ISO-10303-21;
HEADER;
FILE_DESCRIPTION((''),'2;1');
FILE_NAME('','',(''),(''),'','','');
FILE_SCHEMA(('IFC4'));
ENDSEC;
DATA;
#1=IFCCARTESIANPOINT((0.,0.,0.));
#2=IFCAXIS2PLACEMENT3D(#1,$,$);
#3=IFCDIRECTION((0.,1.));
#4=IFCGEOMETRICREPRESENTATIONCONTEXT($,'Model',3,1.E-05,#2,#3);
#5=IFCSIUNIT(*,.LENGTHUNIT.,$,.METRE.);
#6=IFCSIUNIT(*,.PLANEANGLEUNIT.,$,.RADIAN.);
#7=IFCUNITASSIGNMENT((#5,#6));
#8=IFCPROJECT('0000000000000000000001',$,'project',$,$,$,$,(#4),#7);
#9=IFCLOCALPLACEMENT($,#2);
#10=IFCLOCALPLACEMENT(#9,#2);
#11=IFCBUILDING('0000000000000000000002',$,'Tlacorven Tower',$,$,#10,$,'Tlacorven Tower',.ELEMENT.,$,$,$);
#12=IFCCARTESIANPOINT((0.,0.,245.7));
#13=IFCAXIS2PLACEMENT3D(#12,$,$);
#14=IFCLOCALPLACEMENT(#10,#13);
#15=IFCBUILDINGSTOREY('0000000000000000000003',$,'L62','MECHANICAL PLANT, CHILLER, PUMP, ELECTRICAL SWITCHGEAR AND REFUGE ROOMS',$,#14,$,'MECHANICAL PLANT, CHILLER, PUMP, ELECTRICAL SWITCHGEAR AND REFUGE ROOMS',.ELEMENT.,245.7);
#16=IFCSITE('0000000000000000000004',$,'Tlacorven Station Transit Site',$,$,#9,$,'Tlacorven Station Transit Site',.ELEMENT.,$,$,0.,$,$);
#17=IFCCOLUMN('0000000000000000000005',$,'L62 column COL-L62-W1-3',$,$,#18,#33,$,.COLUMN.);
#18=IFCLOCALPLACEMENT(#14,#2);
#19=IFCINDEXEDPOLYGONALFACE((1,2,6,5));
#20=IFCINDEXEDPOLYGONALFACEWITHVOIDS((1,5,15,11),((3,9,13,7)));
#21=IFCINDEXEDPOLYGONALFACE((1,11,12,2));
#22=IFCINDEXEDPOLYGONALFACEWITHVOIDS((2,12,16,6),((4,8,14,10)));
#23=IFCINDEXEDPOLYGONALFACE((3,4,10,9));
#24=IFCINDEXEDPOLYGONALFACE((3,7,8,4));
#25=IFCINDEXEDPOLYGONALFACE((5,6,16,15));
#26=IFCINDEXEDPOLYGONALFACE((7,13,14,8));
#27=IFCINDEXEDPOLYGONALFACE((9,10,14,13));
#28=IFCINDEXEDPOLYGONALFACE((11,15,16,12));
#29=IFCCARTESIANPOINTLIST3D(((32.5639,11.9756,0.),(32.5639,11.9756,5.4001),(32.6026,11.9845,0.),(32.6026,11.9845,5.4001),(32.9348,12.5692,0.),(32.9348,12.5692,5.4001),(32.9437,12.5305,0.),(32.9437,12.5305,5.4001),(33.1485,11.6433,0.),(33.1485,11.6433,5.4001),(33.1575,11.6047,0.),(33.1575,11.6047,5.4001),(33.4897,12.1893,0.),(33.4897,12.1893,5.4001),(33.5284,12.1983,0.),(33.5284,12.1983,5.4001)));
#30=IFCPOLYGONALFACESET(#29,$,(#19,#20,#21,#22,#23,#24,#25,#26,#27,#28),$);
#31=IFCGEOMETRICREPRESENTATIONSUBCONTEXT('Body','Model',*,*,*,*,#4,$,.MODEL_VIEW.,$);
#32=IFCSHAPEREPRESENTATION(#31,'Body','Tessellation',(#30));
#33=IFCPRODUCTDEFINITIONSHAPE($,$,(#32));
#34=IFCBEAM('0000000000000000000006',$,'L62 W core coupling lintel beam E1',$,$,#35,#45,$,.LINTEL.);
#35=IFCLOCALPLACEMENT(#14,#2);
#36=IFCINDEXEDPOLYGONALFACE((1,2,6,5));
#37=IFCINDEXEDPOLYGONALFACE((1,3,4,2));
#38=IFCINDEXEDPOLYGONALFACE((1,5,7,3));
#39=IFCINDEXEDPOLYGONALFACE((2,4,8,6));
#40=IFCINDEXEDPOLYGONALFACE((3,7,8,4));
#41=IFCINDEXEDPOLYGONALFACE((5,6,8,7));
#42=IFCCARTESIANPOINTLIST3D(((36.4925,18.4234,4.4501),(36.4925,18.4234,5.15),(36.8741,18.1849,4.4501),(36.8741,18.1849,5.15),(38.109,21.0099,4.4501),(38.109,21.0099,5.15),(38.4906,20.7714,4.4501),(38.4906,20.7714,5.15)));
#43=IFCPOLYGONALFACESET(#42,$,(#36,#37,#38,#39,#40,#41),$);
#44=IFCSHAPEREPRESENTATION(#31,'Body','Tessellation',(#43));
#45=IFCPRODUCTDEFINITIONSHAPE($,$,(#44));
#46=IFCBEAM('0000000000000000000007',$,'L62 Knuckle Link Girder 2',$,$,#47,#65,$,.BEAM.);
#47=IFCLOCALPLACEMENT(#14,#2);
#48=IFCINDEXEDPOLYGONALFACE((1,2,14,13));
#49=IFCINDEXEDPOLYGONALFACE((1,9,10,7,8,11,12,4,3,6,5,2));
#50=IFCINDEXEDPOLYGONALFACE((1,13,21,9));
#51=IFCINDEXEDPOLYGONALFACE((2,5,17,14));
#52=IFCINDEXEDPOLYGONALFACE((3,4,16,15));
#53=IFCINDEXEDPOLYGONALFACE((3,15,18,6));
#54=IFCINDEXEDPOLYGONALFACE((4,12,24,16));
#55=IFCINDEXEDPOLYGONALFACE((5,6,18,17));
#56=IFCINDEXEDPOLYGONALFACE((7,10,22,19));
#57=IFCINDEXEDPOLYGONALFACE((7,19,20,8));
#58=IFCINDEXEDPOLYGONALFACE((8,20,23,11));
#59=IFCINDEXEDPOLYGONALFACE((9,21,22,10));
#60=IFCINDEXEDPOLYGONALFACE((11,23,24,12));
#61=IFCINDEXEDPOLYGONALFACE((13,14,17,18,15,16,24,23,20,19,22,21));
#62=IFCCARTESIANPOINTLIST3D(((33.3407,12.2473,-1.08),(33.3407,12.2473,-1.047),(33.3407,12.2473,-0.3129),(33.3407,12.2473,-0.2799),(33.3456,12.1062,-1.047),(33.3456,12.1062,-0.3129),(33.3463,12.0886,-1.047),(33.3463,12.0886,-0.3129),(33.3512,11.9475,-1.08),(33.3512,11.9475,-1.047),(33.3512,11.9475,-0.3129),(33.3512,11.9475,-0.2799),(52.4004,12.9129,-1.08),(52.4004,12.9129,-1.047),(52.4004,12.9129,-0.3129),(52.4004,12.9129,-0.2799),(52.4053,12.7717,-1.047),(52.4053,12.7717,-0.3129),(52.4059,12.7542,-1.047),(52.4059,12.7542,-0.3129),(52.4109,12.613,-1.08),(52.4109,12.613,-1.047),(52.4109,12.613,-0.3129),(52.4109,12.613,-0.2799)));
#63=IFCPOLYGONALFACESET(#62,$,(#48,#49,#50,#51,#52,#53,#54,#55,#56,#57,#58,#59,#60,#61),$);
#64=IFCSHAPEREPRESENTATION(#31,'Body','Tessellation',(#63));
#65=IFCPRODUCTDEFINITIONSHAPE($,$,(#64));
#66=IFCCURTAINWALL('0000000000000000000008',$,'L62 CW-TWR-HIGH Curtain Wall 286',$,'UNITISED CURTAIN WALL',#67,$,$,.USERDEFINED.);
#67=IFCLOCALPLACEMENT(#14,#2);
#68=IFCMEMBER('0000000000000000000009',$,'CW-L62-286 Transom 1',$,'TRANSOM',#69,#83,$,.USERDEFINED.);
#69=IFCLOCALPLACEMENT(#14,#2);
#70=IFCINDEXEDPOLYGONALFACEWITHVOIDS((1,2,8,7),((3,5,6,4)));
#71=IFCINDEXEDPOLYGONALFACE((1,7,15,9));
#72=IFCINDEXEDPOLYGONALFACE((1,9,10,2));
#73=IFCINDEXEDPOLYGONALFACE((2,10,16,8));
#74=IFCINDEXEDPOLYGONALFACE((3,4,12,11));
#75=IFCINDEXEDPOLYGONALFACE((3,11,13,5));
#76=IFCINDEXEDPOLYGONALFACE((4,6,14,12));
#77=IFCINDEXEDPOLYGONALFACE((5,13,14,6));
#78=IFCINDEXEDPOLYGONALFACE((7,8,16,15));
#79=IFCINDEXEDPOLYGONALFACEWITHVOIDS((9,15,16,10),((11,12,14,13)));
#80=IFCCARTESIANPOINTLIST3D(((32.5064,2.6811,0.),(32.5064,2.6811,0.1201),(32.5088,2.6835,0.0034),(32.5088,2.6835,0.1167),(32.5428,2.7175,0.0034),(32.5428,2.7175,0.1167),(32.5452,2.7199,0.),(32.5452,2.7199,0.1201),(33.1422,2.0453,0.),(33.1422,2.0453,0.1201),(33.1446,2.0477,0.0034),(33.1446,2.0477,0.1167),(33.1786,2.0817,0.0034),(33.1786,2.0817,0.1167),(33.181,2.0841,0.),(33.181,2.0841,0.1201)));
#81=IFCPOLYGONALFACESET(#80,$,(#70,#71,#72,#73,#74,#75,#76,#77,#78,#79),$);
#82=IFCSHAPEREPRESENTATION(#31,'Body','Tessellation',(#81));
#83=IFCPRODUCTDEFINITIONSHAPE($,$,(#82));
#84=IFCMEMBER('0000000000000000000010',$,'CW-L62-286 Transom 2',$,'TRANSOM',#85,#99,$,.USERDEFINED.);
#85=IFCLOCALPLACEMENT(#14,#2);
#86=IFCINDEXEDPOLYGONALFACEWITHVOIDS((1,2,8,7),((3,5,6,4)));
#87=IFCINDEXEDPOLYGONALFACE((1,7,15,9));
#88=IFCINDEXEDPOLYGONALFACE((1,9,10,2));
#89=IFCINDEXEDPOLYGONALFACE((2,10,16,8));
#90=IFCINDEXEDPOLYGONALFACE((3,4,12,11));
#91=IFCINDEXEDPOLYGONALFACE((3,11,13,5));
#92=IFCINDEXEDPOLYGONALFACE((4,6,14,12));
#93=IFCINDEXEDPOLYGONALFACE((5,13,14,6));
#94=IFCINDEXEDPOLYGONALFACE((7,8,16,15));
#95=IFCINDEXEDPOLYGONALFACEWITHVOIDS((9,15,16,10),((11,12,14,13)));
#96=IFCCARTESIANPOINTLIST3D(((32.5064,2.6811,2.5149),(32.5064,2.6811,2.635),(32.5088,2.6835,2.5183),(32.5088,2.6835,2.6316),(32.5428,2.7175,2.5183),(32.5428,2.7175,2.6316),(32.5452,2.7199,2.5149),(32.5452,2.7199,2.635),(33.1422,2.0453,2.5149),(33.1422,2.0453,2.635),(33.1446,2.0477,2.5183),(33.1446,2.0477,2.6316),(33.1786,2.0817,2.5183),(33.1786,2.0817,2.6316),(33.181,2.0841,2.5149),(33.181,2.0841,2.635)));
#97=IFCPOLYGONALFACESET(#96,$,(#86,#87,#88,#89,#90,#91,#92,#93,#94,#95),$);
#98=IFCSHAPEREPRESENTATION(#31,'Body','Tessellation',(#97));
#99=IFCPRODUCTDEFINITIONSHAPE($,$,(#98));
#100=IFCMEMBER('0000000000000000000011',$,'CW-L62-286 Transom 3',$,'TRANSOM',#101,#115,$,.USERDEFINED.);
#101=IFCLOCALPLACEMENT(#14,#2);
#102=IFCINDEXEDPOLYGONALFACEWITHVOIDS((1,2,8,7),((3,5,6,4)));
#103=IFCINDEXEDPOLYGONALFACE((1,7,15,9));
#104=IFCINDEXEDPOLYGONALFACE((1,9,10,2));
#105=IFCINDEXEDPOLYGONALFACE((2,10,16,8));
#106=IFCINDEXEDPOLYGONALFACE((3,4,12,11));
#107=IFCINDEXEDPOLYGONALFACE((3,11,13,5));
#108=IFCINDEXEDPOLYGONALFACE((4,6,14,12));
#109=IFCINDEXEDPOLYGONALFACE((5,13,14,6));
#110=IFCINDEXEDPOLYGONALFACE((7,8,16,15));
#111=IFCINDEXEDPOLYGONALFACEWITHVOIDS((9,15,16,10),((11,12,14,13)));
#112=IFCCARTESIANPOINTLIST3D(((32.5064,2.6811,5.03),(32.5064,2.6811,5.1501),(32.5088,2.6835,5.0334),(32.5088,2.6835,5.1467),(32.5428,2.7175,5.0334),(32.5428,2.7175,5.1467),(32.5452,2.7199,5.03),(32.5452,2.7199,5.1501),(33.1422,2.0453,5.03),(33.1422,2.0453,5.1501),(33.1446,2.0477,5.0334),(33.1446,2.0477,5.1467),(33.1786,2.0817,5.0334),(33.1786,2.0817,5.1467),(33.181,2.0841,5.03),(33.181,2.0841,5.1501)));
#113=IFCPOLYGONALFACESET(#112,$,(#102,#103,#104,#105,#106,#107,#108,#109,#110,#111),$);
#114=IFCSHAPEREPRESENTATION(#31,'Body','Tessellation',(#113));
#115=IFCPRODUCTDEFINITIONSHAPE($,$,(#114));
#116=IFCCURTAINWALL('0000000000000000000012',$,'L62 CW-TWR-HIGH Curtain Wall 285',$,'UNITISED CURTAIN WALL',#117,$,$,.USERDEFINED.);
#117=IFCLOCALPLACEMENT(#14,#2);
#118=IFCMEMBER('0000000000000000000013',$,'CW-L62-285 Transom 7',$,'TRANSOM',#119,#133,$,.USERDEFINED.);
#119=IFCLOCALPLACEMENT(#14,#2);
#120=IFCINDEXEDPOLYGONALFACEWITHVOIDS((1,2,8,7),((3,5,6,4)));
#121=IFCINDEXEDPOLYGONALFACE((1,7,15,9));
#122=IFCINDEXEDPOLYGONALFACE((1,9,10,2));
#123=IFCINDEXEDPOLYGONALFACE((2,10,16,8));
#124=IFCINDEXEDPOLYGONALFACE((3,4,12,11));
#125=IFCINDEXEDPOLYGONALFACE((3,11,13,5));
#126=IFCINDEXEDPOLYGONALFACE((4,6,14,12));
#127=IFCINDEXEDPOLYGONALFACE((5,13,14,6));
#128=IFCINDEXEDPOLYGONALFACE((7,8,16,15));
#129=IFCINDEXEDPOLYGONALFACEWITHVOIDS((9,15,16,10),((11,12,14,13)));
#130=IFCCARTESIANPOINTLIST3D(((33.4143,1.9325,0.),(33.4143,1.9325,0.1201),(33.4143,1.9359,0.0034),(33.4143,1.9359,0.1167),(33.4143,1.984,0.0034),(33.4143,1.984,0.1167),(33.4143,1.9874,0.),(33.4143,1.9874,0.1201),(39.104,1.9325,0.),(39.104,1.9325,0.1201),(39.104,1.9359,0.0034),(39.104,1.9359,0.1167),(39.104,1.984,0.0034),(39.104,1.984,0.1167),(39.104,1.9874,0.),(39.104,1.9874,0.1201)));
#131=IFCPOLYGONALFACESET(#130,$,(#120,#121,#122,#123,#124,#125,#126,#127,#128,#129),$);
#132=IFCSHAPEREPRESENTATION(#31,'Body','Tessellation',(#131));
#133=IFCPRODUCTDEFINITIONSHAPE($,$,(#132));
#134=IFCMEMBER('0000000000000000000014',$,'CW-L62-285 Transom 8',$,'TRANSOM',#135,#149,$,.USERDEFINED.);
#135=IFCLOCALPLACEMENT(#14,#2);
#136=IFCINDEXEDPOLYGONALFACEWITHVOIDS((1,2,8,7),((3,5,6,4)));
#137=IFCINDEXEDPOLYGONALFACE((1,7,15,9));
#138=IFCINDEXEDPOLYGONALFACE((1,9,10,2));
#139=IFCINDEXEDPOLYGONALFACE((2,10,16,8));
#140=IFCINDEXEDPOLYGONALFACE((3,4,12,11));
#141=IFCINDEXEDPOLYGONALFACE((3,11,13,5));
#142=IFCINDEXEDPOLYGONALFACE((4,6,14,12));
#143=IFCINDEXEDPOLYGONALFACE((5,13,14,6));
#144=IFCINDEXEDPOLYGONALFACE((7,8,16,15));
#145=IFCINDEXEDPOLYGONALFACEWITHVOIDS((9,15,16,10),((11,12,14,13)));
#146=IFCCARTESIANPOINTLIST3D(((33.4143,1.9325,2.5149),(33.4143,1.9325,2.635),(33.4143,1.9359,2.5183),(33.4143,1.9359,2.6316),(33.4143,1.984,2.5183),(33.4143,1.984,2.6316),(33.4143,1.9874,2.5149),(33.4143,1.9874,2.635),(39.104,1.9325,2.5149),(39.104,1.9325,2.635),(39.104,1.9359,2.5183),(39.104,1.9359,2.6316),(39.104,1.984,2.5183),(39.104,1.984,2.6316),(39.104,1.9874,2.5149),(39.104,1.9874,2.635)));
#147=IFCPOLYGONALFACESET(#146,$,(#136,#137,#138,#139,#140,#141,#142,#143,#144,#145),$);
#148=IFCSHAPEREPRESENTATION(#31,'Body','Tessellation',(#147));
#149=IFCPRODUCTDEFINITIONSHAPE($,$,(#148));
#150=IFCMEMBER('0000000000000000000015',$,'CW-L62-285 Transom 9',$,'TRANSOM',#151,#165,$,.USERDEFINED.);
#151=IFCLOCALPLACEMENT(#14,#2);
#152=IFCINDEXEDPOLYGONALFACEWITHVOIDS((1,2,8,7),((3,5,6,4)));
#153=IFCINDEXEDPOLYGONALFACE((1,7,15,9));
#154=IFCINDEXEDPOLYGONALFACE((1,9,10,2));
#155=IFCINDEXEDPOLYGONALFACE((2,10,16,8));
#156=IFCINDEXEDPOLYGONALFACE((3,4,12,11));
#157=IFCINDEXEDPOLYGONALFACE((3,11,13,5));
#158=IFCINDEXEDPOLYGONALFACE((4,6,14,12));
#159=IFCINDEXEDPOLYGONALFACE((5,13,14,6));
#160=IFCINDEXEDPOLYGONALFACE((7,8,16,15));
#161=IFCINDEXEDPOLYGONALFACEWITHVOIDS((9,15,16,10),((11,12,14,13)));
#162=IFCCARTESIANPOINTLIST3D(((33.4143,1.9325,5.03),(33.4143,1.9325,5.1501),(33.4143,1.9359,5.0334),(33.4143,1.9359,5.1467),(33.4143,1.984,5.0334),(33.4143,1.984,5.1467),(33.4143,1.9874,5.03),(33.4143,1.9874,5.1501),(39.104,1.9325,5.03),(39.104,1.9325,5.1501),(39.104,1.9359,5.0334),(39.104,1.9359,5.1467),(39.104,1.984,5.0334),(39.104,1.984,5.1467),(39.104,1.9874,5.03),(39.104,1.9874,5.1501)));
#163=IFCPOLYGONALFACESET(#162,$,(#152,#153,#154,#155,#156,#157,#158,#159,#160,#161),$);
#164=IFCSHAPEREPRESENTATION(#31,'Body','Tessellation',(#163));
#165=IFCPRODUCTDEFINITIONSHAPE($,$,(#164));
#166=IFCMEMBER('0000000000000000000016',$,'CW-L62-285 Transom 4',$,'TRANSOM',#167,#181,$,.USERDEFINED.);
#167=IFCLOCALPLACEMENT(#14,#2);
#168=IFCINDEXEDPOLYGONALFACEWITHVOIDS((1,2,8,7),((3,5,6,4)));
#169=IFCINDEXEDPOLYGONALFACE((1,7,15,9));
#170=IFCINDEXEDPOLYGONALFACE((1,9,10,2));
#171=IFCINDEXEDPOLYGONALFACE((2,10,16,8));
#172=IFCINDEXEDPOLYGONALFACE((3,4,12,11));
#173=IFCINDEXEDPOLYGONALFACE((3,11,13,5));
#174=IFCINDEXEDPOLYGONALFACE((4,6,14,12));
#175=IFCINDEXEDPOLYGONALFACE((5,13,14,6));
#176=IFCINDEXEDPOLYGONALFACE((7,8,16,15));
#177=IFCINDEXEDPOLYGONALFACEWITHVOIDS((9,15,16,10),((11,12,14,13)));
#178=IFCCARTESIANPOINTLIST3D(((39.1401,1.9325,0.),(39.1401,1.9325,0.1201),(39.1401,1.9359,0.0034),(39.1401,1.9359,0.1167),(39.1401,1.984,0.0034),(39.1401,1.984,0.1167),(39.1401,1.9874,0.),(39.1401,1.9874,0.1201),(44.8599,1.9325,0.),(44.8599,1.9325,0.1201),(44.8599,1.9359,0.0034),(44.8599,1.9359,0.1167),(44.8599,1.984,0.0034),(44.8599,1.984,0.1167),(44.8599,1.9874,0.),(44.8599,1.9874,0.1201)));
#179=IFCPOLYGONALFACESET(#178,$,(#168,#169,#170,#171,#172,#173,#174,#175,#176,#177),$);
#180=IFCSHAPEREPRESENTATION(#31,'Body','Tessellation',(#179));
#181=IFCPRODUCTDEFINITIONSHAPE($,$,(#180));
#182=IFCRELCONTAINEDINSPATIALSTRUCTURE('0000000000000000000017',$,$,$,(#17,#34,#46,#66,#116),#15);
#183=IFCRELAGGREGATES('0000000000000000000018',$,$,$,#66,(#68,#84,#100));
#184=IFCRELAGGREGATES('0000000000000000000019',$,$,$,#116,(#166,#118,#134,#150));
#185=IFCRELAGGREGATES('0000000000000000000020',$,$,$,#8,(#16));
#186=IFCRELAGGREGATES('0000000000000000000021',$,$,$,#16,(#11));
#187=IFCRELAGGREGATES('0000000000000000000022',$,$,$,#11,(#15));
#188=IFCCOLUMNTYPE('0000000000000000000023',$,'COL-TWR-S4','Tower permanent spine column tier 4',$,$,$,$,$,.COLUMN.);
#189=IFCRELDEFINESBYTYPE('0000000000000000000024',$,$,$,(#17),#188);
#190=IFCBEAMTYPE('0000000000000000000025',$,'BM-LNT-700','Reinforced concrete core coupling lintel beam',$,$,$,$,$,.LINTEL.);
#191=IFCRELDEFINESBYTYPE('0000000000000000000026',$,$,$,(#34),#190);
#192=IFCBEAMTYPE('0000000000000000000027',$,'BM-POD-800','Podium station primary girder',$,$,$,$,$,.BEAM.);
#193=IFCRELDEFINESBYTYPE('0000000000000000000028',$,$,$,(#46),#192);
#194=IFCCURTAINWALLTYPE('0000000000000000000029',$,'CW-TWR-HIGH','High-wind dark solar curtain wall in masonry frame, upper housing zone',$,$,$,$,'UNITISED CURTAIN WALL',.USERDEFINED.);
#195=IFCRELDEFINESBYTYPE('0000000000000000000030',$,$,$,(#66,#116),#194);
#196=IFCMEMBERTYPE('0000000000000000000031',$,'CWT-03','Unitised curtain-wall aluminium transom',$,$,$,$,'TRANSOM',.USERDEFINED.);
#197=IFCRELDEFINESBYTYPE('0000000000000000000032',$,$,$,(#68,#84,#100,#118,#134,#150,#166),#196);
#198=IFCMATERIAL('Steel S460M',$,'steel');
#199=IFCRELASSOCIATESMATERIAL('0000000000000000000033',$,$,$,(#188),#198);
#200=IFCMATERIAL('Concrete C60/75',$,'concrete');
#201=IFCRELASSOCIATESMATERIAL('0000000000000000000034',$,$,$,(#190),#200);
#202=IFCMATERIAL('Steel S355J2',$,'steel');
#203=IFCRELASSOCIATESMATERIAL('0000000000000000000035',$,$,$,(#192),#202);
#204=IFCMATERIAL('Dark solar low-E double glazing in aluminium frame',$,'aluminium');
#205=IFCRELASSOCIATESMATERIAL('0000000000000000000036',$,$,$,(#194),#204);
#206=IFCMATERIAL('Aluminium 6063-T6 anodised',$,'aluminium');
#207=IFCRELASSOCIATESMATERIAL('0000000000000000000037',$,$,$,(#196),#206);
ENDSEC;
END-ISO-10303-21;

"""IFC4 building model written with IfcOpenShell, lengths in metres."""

from ifc_helpers import new_model, si_unit, direction, frame, origin, origin_2d, place, context, subcontext, project, spatial, rectangle, hollow_rectangle, i_section, extrude, source, transform, mapped, material, material_profile, profile_set, type_object, element, aggregate, save


model = new_model("IFC4")

# Units and contexts
model_context = context("Model", 3, precision=1e-05, world=origin(), true_north=direction((0.0, 1.0)))
body_context = subcontext(model_context, "Body", "Model", "MODEL_VIEW")
ifc_project = project(units=[si_unit("LENGTHUNIT", "METRE"), si_unit("PLANEANGLEUNIT", "RADIAN")], contexts=[model_context])

# Site, building, storey
site_placement = place(None, origin())
site = spatial("IfcSite", under=ifc_project, at=site_placement, Name="Tlacorven Station Transit Site", LongName="Tlacorven Station Transit Site", CompositionType="ELEMENT", RefElevation=0.0)
building_placement = place(site_placement, origin())
building = spatial("IfcBuilding", under=site, at=building_placement, Name="Tlacorven Tower", LongName="Tlacorven Tower", CompositionType="ELEMENT")
storey_placement = place(building_placement, frame((0.0, 0.0, 245.7)))
storey = spatial("IfcBuildingStorey", under=building, at=storey_placement, Name="L62", Description="MECHANICAL PLANT, CHILLER, PUMP, ELECTRICAL SWITCHGEAR AND REFUGE ROOMS", LongName="MECHANICAL PLANT, CHILLER, PUMP, ELECTRICAL SWITCHGEAR AND REFUGE ROOMS", CompositionType="ELEMENT", Elevation=245.7)

# Column
ifc_material_1 = material(Name="Steel S460M", Category="steel")
ifc_material_profile_1 = material_profile(ifc_material_1, hollow_rectangle(XDim=0.7, YDim=0.7, WallThickness=0.0281, at=origin_2d()), Name="BOX 700X700X28")
ifc_profile_set_1 = profile_set([ifc_material_profile_1], Name="Steel S460M")
column_type = type_object("IfcColumnType", Name="COL-TWR-S4", Description="Tower permanent spine column tier 4", PredefinedType="COLUMN", material=ifc_profile_set_1)
shared_shape_1 = source(origin(), body_context, "Body", "SweptSolid", [
    extrude(hollow_rectangle(XDim=0.7, YDim=0.7, WallThickness=0.0281, at=origin_2d()), origin(), (0.0, 0.0, 1.0), 5.4001),
])
column_placement = place(storey_placement, frame((33.0461, 12.0869, 0.0), z_axis=(0.0, 0.0, 1.0), x_axis=(-0.848048, 0.529919, 0.0)))
element("IfcColumn", 1, at=column_placement, inside=storey, type_object=column_type, Name="L62 column COL-L62-W1-3", PredefinedType="COLUMN", context=body_context, shape_type="MappedRepresentation", body=[
    mapped(shared_shape_1, transform((0.0, 0.0, 0.0), scale=1.0)),
])

# Beams
ifc_material_2 = material(Name="Concrete C60/75", Category="concrete")
ifc_material_profile_2 = material_profile(ifc_material_2, rectangle(XDim=0.45, YDim=0.7, at=origin_2d()), Name="RC 450X700")
ifc_profile_set_2 = profile_set([ifc_material_profile_2], Name="Concrete C60/75")
beam_type_1 = type_object("IfcBeamType", Name="BM-LNT-700", Description="Reinforced concrete core coupling lintel beam", PredefinedType="LINTEL", material=ifc_profile_set_2)
shared_shape_2 = source(origin(), body_context, "Body", "SweptSolid", [
    extrude(rectangle(XDim=0.45, YDim=0.7, at=origin_2d()), origin(), (0.0, 0.0, 1.0), 3.05),
])
beam_1_placement = place(storey_placement, frame((38.2998, 20.8906, 4.8), z_axis=(-0.529985, -0.848007, 0.0), x_axis=(0.848007, -0.529985, 0.0)))
element("IfcBeam", 2, at=beam_1_placement, inside=storey, type_object=beam_type_1, Name="L62 W core coupling lintel beam E1", PredefinedType="LINTEL", context=body_context, shape_type="MappedRepresentation", body=[
    mapped(shared_shape_2, transform((0.0, 0.0, 0.0), scale=1.0)),
])
ifc_material_3 = material(Name="Steel S355J2", Category="steel")
ifc_material_profile_3 = material_profile(ifc_material_3, i_section(OverallWidth=0.3, OverallDepth=0.8, WebThickness=0.0176, FlangeThickness=0.033, at=origin_2d()), Name="HEB 800")
ifc_profile_set_3 = profile_set([ifc_material_profile_3], Name="Steel S355J2")
beam_type_2 = type_object("IfcBeamType", Name="BM-POD-800", Description="Podium station primary girder", PredefinedType="BEAM", material=ifc_profile_set_3)
shared_shape_3 = source(origin(), body_context, "Body", "SweptSolid", [
    extrude(i_section(OverallWidth=0.3, OverallDepth=0.8, WebThickness=0.0176, FlangeThickness=0.033, at=origin_2d()), origin(), (0.0, 0.0, 1.0), 19.0713),
])
beam_2_placement = place(storey_placement, frame((33.3459, 12.0974, -0.6799), z_axis=(0.999391, 0.034897, 0.0), x_axis=(-0.034897, 0.999391, 0.0)))
element("IfcBeam", 3, at=beam_2_placement, inside=storey, type_object=beam_type_2, Name="L62 Knuckle Link Girder 2", PredefinedType="BEAM", context=body_context, shape_type="MappedRepresentation", body=[
    mapped(shared_shape_3, transform((0.0, 0.0, 0.0), scale=1.0)),
])

# Curtain walls, members
ifc_material_4 = material(Name="Dark solar low-E double glazing in aluminium frame", Category="aluminium")
curtain_wall_type = type_object("IfcCurtainWallType", Name="CW-TWR-HIGH", Description="High-wind dark solar curtain wall in masonry frame, upper housing zone", ElementType="UNITISED CURTAIN WALL", PredefinedType="USERDEFINED", material=ifc_material_4)
curtain_wall_1_placement = place(storey_placement, origin())
curtain_wall_1 = element("IfcCurtainWall", 4, at=curtain_wall_1_placement, inside=storey, type_object=curtain_wall_type, Name="L62 CW-TWR-HIGH Curtain Wall 286", ObjectType="UNITISED CURTAIN WALL", PredefinedType="USERDEFINED")
ifc_material_5 = material(Name="Aluminium 6063-T6 anodised", Category="aluminium")
ifc_material_profile_4 = material_profile(ifc_material_5, hollow_rectangle(XDim=0.0549, YDim=0.1201, WallThickness=0.0034, at=origin_2d()), Name="ALU TRANSOM 55X120")
ifc_profile_set_4 = profile_set([ifc_material_profile_4], Name="Aluminium 6063-T6 anodised")
member_type_1 = type_object("IfcMemberType", Name="CWT-03", Description="Unitised curtain-wall aluminium transom", ElementType="TRANSOM", PredefinedType="USERDEFINED", material=ifc_profile_set_4)
shared_shape_4 = source(origin(), body_context, "Body", "SweptSolid", [
    extrude(hollow_rectangle(XDim=0.0549, YDim=0.1201, WallThickness=0.0034, at=origin_2d()), origin(), (0.0, 0.0, 1.0), 0.8992),
])
member_1_placement = place(storey_placement, frame((33.1616, 2.0647, 0.0601), z_axis=(-0.707107, 0.707107, 0.0), x_axis=(-0.707107, -0.707107, 0.0)))
member_1 = element("IfcMember", 5, at=member_1_placement, type_object=member_type_1, Name="CW-L62-286 Transom 1", ObjectType="TRANSOM", PredefinedType="USERDEFINED", context=body_context, shape_type="MappedRepresentation", body=[
    mapped(shared_shape_4, transform((0.0, 0.0, 0.0), scale=1.0)),
])
member_2_placement = place(storey_placement, frame((33.1616, 2.0647, 2.575), z_axis=(-0.707107, 0.707107, 0.0), x_axis=(-0.707107, -0.707107, 0.0)))
member_2 = element("IfcMember", 6, at=member_2_placement, type_object=member_type_1, Name="CW-L62-286 Transom 2", ObjectType="TRANSOM", PredefinedType="USERDEFINED", context=body_context, shape_type="MappedRepresentation", body=[
    mapped(shared_shape_4, transform((0.0, 0.0, 0.0), scale=1.0)),
])
member_3_placement = place(storey_placement, frame((33.1616, 2.0647, 5.0901), z_axis=(-0.707107, 0.707107, 0.0), x_axis=(-0.707107, -0.707107, 0.0)))
member_3 = element("IfcMember", 7, at=member_3_placement, type_object=member_type_1, Name="CW-L62-286 Transom 3", ObjectType="TRANSOM", PredefinedType="USERDEFINED", context=body_context, shape_type="MappedRepresentation", body=[
    mapped(shared_shape_4, transform((0.0, 0.0, 0.0), scale=1.0)),
])
curtain_wall_2_placement = place(storey_placement, origin())
curtain_wall_2 = element("IfcCurtainWall", 8, at=curtain_wall_2_placement, inside=storey, type_object=curtain_wall_type, Name="L62 CW-TWR-HIGH Curtain Wall 285", ObjectType="UNITISED CURTAIN WALL", PredefinedType="USERDEFINED")
shared_shape_5 = source(origin(), body_context, "Body", "SweptSolid", [
    extrude(hollow_rectangle(XDim=0.0549, YDim=0.1201, WallThickness=0.0034, at=origin_2d()), origin(), (0.0, 0.0, 1.0), 5.6897),
])
member_4_placement = place(storey_placement, frame((39.104, 1.96, 0.0601), z_axis=(-1.0, 0.0, 0.0), x_axis=(0.0, -1.0, 0.0)))
member_4 = element("IfcMember", 9, at=member_4_placement, type_object=member_type_1, Name="CW-L62-285 Transom 7", ObjectType="TRANSOM", PredefinedType="USERDEFINED", context=body_context, shape_type="MappedRepresentation", body=[
    mapped(shared_shape_5, transform((0.0, 0.0, 0.0), scale=1.0)),
])
member_5_placement = place(storey_placement, frame((39.104, 1.96, 2.575), z_axis=(-1.0, 0.0, 0.0), x_axis=(0.0, -1.0, 0.0)))
member_5 = element("IfcMember", 10, at=member_5_placement, type_object=member_type_1, Name="CW-L62-285 Transom 8", ObjectType="TRANSOM", PredefinedType="USERDEFINED", context=body_context, shape_type="MappedRepresentation", body=[
    mapped(shared_shape_5, transform((0.0, 0.0, 0.0), scale=1.0)),
])
member_6_placement = place(storey_placement, frame((39.104, 1.96, 5.0901), z_axis=(-1.0, 0.0, 0.0), x_axis=(0.0, -1.0, 0.0)))
member_6 = element("IfcMember", 11, at=member_6_placement, type_object=member_type_1, Name="CW-L62-285 Transom 9", ObjectType="TRANSOM", PredefinedType="USERDEFINED", context=body_context, shape_type="MappedRepresentation", body=[
    mapped(shared_shape_5, transform((0.0, 0.0, 0.0), scale=1.0)),
])
shared_shape_6 = source(origin(), body_context, "Body", "SweptSolid", [
    extrude(hollow_rectangle(XDim=0.0549, YDim=0.1201, WallThickness=0.0034, at=origin_2d()), origin(), (0.0, 0.0, 1.0), 5.7197),
])
member_7_placement = place(storey_placement, frame((44.8599, 1.96, 0.0601), z_axis=(-1.0, 0.0, 0.0), x_axis=(0.0, -1.0, 0.0)))
member_7 = element("IfcMember", 12, at=member_7_placement, type_object=member_type_1, Name="CW-L62-285 Transom 4", ObjectType="TRANSOM", PredefinedType="USERDEFINED", context=body_context, shape_type="MappedRepresentation", body=[
    mapped(shared_shape_6, transform((0.0, 0.0, 0.0), scale=1.0)),
])

aggregate(curtain_wall_1, [member_1, member_2, member_3])

aggregate(curtain_wall_2, [member_7, member_4, member_5, member_6])

save(model, "model.ifc")
